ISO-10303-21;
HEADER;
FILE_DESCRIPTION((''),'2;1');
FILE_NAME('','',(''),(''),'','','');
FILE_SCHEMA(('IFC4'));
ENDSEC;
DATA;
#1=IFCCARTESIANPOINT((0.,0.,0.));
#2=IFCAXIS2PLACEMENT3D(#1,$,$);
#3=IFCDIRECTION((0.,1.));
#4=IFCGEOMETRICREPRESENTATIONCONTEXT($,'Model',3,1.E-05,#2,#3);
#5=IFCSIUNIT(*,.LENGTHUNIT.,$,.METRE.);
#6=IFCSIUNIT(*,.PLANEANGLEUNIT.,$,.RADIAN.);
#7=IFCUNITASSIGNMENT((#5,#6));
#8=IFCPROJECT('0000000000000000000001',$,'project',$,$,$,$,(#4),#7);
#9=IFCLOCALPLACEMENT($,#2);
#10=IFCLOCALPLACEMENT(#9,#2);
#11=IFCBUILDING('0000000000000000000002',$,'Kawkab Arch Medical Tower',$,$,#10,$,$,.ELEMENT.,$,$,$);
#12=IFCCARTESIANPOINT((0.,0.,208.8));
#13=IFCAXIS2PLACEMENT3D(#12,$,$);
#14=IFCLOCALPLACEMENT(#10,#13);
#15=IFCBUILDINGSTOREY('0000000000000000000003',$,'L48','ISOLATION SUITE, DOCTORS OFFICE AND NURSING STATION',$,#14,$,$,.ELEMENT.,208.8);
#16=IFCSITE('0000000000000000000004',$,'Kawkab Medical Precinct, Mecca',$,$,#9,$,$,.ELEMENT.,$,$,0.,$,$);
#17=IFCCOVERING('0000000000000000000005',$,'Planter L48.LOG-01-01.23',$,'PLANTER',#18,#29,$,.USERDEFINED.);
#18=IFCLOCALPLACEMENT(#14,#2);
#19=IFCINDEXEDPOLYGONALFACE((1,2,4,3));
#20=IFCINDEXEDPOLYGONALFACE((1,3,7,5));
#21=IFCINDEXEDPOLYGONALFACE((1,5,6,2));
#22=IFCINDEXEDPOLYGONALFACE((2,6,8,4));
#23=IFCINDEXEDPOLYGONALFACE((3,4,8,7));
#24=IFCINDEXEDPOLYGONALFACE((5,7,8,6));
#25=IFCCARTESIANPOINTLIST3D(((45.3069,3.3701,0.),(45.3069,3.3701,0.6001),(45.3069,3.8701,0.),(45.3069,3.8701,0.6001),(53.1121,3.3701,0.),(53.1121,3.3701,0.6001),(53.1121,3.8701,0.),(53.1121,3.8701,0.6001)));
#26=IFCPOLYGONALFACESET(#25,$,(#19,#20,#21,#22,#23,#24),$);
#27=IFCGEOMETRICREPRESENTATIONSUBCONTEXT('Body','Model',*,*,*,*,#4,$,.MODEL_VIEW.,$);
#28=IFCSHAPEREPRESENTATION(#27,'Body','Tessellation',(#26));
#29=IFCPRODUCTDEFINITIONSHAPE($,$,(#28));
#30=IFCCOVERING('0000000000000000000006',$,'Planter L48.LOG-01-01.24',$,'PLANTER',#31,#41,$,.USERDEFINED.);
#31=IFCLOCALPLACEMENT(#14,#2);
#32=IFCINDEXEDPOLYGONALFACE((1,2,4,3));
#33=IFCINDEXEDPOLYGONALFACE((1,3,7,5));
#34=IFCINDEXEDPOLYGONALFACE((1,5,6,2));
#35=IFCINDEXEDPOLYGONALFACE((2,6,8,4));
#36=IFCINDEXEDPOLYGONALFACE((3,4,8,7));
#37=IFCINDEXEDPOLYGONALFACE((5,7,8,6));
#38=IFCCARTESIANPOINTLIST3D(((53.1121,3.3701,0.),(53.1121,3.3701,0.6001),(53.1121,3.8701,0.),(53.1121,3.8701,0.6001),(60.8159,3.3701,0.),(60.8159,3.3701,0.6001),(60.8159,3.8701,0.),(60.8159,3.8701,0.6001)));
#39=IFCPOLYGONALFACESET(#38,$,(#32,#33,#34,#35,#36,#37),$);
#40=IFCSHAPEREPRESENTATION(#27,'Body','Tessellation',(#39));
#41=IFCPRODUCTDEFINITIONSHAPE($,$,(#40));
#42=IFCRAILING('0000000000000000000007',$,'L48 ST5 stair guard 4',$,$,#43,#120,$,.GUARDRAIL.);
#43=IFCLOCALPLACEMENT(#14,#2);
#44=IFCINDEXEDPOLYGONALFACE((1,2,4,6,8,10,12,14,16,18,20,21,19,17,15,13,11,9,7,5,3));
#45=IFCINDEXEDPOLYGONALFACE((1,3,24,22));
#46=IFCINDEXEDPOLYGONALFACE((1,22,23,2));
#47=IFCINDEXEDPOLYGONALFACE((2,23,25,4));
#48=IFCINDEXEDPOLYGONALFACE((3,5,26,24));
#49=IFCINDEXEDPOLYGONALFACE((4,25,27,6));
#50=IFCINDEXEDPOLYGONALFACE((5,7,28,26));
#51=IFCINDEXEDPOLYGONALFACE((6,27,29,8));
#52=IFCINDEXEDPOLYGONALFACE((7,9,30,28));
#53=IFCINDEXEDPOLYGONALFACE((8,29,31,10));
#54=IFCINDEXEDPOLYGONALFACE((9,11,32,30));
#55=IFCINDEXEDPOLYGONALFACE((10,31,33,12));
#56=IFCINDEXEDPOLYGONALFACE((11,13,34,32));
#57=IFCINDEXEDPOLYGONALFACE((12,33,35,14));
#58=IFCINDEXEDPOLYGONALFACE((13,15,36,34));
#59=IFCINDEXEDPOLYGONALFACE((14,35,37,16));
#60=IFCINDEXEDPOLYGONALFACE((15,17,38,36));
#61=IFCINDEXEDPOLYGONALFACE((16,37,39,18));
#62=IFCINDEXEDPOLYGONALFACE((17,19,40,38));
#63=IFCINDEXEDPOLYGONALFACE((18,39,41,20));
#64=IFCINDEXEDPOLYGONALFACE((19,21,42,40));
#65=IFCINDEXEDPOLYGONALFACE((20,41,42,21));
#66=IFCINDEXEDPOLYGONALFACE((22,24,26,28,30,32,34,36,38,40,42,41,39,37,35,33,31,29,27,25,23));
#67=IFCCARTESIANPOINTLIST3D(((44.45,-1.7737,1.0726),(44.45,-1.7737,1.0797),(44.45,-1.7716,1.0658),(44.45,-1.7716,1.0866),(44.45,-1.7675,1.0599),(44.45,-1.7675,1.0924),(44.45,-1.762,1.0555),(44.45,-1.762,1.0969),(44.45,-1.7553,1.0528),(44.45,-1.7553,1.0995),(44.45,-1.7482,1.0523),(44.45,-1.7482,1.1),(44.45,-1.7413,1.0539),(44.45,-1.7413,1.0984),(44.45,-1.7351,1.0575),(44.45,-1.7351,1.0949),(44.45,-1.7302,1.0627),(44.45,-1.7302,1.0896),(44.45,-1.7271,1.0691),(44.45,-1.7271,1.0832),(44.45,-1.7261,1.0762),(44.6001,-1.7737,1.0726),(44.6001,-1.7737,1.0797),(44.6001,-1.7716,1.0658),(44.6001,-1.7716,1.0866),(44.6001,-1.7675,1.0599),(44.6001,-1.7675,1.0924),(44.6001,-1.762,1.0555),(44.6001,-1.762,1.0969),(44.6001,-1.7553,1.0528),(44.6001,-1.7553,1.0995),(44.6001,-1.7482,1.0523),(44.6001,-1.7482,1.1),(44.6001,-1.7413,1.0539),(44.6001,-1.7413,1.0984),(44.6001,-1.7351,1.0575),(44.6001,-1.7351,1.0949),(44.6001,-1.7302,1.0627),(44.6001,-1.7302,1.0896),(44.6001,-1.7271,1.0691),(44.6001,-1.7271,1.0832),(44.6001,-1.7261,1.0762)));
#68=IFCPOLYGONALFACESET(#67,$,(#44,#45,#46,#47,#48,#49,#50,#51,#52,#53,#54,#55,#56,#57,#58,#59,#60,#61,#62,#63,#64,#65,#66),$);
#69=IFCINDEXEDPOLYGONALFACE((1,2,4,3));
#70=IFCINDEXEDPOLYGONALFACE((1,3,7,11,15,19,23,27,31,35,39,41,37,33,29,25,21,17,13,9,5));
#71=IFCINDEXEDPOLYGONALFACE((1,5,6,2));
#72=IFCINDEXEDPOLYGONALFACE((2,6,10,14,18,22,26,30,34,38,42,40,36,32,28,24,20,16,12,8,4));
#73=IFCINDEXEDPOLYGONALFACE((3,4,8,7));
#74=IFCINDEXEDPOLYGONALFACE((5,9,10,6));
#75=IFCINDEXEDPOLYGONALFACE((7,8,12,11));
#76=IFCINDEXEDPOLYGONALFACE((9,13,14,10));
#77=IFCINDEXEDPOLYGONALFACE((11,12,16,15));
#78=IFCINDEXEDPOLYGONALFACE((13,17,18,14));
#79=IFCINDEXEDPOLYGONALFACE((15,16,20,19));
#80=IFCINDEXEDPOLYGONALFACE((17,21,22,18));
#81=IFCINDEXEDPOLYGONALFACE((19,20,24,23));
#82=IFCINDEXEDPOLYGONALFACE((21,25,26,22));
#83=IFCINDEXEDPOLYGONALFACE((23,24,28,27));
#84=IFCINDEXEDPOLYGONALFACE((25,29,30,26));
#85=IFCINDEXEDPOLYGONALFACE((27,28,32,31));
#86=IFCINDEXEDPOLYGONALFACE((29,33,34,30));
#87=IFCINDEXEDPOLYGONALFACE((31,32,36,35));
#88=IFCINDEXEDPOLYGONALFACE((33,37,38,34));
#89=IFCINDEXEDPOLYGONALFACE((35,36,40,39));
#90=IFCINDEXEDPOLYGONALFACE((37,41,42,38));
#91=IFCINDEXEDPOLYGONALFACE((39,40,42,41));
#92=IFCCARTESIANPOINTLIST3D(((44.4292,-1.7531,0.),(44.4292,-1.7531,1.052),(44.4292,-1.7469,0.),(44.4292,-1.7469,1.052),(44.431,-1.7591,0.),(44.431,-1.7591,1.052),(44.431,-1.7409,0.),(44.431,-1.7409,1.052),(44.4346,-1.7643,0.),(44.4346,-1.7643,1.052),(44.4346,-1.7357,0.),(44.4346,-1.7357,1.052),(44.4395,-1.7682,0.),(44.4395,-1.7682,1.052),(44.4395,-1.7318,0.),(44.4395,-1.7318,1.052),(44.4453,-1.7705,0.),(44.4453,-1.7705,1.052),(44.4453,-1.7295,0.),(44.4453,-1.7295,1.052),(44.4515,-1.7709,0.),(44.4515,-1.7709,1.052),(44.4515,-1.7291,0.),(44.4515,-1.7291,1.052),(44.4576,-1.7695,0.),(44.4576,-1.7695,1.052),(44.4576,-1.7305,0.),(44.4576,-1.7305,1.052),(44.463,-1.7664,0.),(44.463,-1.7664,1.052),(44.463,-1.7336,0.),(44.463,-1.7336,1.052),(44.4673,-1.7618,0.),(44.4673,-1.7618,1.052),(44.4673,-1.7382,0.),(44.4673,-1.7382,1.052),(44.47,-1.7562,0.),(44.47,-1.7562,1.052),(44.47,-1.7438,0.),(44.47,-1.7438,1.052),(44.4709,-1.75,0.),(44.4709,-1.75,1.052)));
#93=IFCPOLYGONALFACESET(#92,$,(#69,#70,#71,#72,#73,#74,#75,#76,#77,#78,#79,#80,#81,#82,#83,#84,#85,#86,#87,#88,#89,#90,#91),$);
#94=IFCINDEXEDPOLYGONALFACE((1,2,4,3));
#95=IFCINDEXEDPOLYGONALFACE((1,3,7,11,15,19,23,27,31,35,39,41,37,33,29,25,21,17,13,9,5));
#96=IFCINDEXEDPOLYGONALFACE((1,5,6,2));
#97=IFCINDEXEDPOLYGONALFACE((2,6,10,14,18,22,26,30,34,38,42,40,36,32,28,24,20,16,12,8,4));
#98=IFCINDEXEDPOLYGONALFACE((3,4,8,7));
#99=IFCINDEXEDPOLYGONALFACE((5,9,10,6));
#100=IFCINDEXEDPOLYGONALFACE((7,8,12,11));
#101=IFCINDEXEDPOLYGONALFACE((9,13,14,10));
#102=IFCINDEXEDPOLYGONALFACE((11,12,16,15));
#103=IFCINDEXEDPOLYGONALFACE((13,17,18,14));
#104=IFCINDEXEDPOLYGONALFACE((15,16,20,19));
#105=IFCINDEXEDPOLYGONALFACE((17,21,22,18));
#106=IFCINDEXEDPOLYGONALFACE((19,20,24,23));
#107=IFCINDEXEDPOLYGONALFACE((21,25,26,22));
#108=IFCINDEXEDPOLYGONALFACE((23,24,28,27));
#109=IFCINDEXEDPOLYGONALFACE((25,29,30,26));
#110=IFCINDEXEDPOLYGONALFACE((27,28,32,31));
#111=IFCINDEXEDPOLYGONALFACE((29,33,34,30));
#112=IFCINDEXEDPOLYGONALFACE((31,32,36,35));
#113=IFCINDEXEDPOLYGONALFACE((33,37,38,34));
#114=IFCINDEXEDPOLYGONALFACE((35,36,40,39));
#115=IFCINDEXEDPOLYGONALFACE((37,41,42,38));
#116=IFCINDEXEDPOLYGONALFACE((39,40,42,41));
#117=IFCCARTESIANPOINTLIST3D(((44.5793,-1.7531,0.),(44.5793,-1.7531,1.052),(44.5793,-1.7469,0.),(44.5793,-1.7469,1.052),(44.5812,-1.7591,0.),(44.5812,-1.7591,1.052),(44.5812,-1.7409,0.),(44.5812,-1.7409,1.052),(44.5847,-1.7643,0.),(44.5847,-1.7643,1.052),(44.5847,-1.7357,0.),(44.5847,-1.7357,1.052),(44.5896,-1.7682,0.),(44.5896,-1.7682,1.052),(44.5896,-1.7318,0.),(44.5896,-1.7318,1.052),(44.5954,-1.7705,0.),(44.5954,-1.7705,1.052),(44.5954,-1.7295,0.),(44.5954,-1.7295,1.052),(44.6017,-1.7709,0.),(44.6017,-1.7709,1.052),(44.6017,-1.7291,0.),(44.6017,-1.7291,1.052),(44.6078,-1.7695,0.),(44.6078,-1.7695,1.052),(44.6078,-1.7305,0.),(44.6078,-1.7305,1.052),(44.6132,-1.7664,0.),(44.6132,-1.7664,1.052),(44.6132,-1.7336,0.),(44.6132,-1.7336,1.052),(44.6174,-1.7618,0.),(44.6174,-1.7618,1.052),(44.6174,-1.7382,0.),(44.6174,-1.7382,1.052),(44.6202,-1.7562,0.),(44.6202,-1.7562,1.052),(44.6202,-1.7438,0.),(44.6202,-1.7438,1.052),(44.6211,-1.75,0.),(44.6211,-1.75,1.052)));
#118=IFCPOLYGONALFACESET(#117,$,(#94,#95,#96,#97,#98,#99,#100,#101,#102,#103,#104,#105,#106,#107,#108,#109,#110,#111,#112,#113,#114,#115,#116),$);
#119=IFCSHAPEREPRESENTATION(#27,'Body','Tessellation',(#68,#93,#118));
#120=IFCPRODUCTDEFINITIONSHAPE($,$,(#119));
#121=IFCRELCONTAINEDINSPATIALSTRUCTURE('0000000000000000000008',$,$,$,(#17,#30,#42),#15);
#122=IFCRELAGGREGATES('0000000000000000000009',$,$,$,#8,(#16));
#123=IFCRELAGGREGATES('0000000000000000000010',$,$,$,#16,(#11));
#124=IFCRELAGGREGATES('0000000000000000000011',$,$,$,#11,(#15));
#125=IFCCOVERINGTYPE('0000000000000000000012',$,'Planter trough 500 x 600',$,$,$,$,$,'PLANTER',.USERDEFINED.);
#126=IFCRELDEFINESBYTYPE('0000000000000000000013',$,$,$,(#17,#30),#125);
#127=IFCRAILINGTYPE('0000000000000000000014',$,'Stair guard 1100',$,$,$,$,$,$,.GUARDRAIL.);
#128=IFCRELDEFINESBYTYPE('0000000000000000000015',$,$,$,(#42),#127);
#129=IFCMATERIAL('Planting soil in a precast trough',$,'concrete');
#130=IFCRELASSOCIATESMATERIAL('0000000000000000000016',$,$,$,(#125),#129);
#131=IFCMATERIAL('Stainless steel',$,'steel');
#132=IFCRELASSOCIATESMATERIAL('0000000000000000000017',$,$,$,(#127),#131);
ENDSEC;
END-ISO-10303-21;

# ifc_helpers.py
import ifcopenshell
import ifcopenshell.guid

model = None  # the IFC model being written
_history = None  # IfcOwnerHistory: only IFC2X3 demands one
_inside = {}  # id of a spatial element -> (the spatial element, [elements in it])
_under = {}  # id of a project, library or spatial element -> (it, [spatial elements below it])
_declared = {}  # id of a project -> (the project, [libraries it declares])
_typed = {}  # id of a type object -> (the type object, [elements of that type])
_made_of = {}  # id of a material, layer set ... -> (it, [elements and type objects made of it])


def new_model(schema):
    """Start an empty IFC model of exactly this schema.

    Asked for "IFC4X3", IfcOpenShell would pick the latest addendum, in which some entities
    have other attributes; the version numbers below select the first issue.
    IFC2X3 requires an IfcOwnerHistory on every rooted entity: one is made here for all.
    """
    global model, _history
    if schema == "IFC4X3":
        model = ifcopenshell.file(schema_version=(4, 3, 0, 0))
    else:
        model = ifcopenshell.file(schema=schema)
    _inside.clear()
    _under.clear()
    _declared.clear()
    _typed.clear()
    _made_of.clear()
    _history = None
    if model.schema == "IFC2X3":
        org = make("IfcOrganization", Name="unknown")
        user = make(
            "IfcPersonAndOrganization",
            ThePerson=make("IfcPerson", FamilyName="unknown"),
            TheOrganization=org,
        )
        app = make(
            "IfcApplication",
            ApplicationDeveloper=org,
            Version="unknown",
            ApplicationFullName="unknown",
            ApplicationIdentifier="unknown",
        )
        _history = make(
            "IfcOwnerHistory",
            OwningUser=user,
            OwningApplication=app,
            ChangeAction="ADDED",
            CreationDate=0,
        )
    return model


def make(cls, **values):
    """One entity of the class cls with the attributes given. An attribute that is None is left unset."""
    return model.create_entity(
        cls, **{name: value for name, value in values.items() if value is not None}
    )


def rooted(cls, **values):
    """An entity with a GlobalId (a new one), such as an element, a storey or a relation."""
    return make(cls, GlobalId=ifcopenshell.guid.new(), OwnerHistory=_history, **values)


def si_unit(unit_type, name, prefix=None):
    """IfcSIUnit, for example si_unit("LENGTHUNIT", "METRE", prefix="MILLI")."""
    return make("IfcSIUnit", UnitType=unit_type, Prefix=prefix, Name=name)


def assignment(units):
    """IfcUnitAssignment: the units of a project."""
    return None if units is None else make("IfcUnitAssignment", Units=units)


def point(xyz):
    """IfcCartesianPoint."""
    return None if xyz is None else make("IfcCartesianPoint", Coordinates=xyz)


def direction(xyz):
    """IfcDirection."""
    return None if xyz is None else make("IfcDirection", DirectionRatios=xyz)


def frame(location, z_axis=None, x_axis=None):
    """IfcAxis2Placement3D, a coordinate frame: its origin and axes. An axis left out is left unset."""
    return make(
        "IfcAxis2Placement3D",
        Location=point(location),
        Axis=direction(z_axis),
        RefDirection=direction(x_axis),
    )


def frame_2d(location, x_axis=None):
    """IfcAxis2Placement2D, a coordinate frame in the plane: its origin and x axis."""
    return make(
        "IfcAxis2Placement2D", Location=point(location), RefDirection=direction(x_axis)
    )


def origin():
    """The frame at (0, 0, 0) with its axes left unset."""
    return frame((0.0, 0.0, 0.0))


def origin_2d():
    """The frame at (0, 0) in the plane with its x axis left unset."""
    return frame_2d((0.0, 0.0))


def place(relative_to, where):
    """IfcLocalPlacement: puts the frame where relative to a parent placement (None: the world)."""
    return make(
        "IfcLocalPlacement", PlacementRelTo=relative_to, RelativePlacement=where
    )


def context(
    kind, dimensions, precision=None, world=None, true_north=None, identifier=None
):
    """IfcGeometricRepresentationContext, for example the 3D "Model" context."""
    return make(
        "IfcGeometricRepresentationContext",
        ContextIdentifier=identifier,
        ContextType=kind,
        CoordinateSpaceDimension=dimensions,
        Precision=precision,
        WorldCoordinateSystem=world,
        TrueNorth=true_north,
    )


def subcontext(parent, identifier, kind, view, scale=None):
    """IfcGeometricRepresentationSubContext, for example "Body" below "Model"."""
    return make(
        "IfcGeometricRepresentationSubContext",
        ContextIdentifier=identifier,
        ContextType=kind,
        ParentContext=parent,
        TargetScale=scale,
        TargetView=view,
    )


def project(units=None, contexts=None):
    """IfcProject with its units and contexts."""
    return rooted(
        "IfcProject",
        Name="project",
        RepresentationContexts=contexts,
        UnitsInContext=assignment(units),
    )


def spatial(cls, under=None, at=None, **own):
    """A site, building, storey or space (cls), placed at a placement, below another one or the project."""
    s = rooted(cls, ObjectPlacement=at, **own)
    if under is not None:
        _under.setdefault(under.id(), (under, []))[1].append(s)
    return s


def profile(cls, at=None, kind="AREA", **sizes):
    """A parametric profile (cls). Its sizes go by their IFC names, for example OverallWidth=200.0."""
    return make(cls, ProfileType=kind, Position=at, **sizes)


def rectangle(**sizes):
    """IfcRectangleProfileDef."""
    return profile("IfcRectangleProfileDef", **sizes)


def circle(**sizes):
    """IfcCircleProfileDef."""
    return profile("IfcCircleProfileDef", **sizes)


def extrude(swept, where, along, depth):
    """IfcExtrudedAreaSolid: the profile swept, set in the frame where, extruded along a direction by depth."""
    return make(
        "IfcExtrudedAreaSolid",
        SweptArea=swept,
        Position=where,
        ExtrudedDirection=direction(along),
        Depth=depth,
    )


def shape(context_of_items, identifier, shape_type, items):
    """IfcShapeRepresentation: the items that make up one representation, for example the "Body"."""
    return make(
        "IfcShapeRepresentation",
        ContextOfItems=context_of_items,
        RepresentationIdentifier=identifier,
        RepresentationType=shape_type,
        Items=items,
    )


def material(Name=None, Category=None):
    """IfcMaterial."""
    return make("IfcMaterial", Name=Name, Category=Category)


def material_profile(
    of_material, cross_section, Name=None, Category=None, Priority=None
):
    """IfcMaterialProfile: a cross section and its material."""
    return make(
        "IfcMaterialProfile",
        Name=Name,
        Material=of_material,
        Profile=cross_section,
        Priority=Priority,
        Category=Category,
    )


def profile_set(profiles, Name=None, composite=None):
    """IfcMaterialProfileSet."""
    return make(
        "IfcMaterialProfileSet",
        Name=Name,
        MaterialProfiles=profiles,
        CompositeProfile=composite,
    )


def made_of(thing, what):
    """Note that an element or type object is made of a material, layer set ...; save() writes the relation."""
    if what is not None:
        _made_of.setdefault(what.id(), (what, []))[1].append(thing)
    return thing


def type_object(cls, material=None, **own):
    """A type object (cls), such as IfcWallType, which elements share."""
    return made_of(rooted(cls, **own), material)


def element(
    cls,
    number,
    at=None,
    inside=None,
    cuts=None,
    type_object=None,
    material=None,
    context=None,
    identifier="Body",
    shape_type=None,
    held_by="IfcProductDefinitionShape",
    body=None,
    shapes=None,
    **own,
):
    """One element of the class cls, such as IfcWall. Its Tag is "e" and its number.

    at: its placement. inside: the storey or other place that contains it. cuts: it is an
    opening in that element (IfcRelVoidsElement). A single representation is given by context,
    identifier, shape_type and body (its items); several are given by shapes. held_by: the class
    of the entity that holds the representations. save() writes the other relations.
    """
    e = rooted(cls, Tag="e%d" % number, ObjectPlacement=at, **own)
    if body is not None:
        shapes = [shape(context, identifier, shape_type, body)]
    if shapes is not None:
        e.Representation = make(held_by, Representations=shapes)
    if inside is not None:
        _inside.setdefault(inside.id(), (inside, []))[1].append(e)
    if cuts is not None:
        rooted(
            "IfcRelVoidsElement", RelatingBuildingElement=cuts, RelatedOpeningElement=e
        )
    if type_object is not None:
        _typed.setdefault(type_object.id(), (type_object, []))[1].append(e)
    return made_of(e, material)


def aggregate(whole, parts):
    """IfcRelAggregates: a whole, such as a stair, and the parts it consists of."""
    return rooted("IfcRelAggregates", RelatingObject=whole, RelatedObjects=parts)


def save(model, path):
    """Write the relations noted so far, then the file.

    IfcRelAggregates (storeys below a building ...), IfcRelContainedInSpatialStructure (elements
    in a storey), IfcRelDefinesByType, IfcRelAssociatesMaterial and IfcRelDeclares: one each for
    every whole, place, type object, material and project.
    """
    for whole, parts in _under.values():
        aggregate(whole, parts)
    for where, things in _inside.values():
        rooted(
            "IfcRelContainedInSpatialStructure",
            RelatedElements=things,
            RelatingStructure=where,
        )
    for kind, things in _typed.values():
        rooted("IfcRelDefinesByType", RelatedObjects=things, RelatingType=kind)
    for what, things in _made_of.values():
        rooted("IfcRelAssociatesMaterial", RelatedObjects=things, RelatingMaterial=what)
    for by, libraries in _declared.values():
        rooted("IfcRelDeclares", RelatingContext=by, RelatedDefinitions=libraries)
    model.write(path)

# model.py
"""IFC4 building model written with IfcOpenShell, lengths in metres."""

from ifc_helpers import new_model, si_unit, direction, frame, origin, origin_2d, place, context, subcontext, project, spatial, rectangle, circle, extrude, material, material_profile, profile_set, type_object, element, save


model = new_model("IFC4")

# Units and contexts
model_context = context("Model", 3, precision=1e-05, world=origin(), true_north=direction((0.0, 1.0)))
body_context = subcontext(model_context, "Body", "Model", "MODEL_VIEW")
ifc_project = project(units=[si_unit("LENGTHUNIT", "METRE"), si_unit("PLANEANGLEUNIT", "RADIAN")], contexts=[model_context])

# Site, building, storey
site_placement = place(None, origin())
site = spatial("IfcSite", under=ifc_project, at=site_placement, Name="Kawkab Medical Precinct, Mecca", CompositionType="ELEMENT", RefElevation=0.0)
building_placement = place(site_placement, origin())
building = spatial("IfcBuilding", under=site, at=building_placement, Name="Kawkab Arch Medical Tower", CompositionType="ELEMENT")
storey_placement = place(building_placement, frame((0.0, 0.0, 208.8)))
storey = spatial("IfcBuildingStorey", under=building, at=storey_placement, Name="L48", Description="ISOLATION SUITE, DOCTORS OFFICE AND NURSING STATION", CompositionType="ELEMENT", Elevation=208.8)

# Coverings
ifc_material_1 = material(Name="Planting soil in a precast trough", Category="concrete")
ifc_material_profile_1 = material_profile(ifc_material_1, rectangle(XDim=0.5, YDim=0.6001, at=origin_2d()), Name="Trough 500x600")
ifc_profile_set_1 = profile_set([ifc_material_profile_1], Name="Planting soil in a precast trough")
covering_type = type_object("IfcCoveringType", Name="Planter trough 500 x 600", ElementType="PLANTER", PredefinedType="USERDEFINED", material=ifc_profile_set_1)
covering_1_placement = place(storey_placement, frame((45.3069, 3.6201, 0.3), z_axis=(1.0, 0.0, 0.0), x_axis=(0.0, 1.0, 0.0)))
element("IfcCovering", 1, at=covering_1_placement, inside=storey, type_object=covering_type, Name="Planter L48.LOG-01-01.23", ObjectType="PLANTER", PredefinedType="USERDEFINED", context=body_context, shape_type="SweptSolid", body=[
    extrude(rectangle(XDim=0.5, YDim=0.6001, at=origin_2d()), origin(), (0.0, 0.0, 1.0), 7.8052),
])
covering_2_placement = place(storey_placement, frame((53.1121, 3.6201, 0.3), z_axis=(1.0, 0.0, 0.0), x_axis=(0.0, 1.0, 0.0)))
element("IfcCovering", 2, at=covering_2_placement, inside=storey, type_object=covering_type, Name="Planter L48.LOG-01-01.24", ObjectType="PLANTER", PredefinedType="USERDEFINED", context=body_context, shape_type="SweptSolid", body=[
    extrude(rectangle(XDim=0.5, YDim=0.6001, at=origin_2d()), origin(), (0.0, 0.0, 1.0), 7.7039),
])

# Railing
ifc_material_2 = material(Name="Stainless steel", Category="steel")
railing_type_1 = type_object("IfcRailingType", Name="Stair guard 1100", PredefinedType="GUARDRAIL", material=ifc_material_2)
railing_1_placement = place(storey_placement, frame((44.45, -1.75, 0.0)))
element("IfcRailing", 3, at=railing_1_placement, inside=storey, type_object=railing_type_1, Name="L48 ST5 stair guard 4", PredefinedType="GUARDRAIL", context=body_context, shape_type="SweptSolid", body=[
    extrude(circle(Radius=0.0239, at=origin_2d()), frame((0.0, 0.0, 1.0762), z_axis=(1.0, 0.0, 0.0), x_axis=(0.0, 1.0, 0.0)), (0.0, 0.0, 1.0), 0.1501),
    extrude(circle(Radius=0.021, at=origin_2d()), origin(), (0.0, 0.0, 1.0), 1.052),
    extrude(circle(Radius=0.021, at=origin_2d()), frame((0.1501, 0.0, 0.0)), (0.0, 0.0, 1.0), 1.052),
])

save(model, "model.ifc")
